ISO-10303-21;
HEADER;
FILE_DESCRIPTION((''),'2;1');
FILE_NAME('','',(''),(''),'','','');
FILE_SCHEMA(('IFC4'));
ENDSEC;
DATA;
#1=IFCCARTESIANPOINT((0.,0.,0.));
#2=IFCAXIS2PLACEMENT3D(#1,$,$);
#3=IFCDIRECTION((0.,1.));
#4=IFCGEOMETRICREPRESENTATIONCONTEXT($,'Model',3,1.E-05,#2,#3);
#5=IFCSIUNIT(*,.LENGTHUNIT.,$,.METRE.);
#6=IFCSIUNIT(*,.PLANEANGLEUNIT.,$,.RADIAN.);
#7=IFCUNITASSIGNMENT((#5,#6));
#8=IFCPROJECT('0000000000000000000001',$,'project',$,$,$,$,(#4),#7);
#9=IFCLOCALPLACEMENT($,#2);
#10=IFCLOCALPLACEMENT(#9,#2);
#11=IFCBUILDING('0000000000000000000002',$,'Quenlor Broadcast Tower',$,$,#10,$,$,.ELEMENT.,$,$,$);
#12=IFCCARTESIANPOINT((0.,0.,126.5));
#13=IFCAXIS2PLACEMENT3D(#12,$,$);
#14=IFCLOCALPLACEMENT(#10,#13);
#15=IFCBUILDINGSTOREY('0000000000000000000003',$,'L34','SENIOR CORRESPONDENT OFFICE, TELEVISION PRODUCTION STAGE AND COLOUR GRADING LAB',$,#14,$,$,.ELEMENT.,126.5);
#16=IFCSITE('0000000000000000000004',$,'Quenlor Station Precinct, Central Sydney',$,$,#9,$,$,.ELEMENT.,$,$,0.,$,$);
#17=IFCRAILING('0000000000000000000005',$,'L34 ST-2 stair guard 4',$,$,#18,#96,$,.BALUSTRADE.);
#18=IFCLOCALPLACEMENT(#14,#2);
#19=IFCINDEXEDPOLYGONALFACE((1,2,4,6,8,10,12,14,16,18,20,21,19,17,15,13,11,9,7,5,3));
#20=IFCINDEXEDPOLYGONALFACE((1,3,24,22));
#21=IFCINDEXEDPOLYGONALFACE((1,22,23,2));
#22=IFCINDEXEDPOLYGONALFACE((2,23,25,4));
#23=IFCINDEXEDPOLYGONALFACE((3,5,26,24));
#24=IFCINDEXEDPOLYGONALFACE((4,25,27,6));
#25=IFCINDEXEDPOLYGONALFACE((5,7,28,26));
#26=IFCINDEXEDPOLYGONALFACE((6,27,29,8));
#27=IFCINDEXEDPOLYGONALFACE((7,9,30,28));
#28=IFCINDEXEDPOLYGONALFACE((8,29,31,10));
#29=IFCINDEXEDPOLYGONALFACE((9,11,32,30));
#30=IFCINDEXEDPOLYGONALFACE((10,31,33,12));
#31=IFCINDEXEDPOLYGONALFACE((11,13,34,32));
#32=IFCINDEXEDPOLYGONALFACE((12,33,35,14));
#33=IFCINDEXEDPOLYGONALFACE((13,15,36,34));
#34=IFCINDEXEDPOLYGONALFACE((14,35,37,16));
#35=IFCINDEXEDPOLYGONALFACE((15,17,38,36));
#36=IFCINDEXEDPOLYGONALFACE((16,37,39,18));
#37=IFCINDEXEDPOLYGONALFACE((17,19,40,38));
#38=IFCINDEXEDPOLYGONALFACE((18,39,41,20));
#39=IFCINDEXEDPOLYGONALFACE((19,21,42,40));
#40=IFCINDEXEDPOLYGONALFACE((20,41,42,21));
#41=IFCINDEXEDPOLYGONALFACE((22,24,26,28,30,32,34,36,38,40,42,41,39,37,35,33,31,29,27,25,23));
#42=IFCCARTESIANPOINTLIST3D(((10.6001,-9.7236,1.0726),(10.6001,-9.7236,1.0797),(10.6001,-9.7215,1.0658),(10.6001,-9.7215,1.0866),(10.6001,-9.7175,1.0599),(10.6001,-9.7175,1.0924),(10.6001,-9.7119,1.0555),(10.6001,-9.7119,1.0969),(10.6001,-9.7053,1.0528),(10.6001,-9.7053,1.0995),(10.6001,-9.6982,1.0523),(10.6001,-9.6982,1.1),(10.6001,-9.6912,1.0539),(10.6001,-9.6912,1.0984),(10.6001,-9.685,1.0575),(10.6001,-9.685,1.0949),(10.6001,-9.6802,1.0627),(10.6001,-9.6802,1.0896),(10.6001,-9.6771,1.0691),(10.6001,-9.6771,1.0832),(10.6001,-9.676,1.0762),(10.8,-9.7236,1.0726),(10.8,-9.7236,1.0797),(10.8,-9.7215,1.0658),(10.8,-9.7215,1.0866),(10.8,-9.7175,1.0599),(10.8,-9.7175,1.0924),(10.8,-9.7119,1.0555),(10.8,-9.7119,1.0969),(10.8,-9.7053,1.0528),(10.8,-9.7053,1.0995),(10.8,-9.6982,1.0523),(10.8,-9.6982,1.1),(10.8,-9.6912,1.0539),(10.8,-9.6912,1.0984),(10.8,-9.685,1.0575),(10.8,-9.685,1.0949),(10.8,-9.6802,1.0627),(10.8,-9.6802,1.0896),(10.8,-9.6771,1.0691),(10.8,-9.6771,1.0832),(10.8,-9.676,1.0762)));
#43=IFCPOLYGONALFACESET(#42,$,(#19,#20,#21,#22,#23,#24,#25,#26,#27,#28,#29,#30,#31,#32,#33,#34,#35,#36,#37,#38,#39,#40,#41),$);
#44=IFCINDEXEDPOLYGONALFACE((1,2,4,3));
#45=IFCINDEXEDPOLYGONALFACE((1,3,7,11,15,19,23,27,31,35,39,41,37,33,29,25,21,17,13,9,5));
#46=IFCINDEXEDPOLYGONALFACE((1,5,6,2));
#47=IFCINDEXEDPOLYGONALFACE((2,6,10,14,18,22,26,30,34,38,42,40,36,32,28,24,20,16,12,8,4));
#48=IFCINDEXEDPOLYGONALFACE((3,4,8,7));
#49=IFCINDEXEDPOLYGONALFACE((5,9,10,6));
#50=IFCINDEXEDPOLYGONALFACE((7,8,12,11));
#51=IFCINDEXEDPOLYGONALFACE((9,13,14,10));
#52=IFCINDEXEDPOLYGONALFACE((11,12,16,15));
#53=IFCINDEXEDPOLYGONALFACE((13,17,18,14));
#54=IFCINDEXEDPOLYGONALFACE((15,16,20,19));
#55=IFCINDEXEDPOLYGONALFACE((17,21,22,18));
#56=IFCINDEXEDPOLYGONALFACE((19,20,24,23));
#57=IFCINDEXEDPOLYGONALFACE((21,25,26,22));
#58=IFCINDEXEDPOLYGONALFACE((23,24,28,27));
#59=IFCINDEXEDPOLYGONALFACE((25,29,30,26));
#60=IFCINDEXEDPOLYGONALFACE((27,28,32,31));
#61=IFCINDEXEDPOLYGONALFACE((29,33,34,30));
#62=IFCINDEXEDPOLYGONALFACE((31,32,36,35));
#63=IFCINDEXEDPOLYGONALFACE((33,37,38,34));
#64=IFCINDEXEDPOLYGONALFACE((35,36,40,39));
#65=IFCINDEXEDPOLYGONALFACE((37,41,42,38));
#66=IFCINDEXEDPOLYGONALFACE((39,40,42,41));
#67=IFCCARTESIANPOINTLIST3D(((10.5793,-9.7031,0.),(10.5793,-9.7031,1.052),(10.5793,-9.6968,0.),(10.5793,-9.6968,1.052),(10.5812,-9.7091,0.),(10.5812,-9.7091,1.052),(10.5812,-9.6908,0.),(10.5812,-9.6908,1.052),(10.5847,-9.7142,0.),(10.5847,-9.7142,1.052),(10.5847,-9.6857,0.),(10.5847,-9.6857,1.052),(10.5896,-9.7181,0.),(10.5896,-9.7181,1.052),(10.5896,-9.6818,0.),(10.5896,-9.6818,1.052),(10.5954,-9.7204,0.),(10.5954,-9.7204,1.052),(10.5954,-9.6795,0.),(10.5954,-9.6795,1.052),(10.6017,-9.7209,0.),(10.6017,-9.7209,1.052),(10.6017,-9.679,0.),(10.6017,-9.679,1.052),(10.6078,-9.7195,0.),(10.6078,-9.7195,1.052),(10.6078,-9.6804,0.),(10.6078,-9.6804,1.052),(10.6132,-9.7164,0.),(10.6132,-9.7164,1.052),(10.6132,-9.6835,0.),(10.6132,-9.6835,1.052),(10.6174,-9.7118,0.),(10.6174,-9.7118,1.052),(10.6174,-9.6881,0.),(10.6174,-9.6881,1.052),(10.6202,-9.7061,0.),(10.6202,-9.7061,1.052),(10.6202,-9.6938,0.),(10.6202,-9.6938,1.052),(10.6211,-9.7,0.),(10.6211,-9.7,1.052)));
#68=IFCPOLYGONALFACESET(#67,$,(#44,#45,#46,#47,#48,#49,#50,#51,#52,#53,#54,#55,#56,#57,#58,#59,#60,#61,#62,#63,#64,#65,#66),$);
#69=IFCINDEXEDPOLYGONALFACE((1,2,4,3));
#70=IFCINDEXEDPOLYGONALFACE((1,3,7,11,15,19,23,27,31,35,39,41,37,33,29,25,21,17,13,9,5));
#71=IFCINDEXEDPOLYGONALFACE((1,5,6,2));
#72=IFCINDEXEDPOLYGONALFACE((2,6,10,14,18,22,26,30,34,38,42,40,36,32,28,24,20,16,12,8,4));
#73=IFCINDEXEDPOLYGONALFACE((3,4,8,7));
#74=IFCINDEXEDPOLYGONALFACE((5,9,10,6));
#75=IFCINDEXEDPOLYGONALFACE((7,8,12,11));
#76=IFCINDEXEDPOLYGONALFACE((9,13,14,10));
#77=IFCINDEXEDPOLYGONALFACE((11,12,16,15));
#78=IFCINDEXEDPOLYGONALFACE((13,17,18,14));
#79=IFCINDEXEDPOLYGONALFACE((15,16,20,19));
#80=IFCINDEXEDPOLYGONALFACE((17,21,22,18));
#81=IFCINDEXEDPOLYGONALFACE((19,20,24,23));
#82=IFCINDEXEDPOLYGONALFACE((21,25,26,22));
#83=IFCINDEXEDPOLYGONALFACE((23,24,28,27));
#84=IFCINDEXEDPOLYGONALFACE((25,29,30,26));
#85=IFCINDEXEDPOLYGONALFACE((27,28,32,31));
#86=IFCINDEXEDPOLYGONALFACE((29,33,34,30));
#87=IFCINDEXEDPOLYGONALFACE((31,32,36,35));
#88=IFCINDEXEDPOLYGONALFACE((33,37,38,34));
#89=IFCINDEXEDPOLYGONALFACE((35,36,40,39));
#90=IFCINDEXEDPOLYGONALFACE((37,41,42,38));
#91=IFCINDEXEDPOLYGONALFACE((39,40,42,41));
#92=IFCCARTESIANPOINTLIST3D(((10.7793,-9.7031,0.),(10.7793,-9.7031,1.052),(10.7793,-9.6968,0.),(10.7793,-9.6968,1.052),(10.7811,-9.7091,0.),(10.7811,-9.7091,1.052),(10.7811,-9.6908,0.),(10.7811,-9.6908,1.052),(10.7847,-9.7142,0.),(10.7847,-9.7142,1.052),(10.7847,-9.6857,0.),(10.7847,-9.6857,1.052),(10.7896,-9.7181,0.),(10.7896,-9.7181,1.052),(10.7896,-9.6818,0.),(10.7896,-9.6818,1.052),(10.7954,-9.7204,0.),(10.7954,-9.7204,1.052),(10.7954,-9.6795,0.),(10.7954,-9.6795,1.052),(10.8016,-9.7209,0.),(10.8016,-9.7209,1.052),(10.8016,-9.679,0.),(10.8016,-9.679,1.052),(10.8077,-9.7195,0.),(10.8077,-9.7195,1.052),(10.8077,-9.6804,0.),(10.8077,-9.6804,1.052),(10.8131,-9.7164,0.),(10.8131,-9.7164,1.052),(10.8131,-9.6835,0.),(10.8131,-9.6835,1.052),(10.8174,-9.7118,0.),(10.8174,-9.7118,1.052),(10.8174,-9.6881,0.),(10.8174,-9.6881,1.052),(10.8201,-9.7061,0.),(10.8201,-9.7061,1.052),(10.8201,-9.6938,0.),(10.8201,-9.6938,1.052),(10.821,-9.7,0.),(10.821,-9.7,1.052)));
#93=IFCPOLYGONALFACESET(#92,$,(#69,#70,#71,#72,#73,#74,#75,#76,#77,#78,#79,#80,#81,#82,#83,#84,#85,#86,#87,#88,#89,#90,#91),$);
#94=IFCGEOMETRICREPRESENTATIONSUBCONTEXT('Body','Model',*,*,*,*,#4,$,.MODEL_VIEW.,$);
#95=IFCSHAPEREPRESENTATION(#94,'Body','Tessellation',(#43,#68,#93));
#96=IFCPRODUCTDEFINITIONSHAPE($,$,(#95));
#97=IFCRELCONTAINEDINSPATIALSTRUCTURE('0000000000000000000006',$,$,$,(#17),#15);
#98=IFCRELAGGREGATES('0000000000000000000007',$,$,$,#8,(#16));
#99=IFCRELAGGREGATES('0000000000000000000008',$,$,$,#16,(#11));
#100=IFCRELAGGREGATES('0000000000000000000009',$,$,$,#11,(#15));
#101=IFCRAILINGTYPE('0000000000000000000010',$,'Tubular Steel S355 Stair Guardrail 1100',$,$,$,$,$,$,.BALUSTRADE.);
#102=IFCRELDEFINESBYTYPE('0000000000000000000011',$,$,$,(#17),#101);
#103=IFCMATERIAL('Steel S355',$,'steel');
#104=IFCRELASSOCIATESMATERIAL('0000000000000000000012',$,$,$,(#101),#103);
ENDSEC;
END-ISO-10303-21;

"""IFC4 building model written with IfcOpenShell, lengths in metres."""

from ifc_helpers import new_model, si_unit, direction, frame, origin, origin_2d, place, context, subcontext, project, spatial, circle, extrude, material, type_object, element, save


model = new_model("IFC4")

# Units and contexts
model_context = context("Model", 3, precision=1e-05, world=origin(), true_north=direction((0.0, 1.0)))
body_context = subcontext(model_context, "Body", "Model", "MODEL_VIEW")
ifc_project = project(units=[si_unit("LENGTHUNIT", "METRE"), si_unit("PLANEANGLEUNIT", "RADIAN")], contexts=[model_context])

# Site, building, storey
site_placement = place(None, origin())
site = spatial("IfcSite", under=ifc_project, at=site_placement, Name="Quenlor Station Precinct, Central Sydney", CompositionType="ELEMENT", RefElevation=0.0)
building_placement = place(site_placement, origin())
building = spatial("IfcBuilding", under=site, at=building_placement, Name="Quenlor Broadcast Tower", CompositionType="ELEMENT")
storey_placement = place(building_placement, frame((0.0, 0.0, 126.5)))
storey = spatial("IfcBuildingStorey", under=building, at=storey_placement, Name="L34", Description="SENIOR CORRESPONDENT OFFICE, TELEVISION PRODUCTION STAGE AND COLOUR GRADING LAB", CompositionType="ELEMENT", Elevation=126.5)

# Railing
ifc_material_1 = material(Name="Steel S355", Category="steel")
railing_type_1 = type_object("IfcRailingType", Name="Tubular Steel S355 Stair Guardrail 1100", PredefinedType="BALUSTRADE", material=ifc_material_1)
railing_1_placement = place(storey_placement, frame((10.6001, -9.7, 0.0)))
element("IfcRailing", 1, at=railing_1_placement, inside=storey, type_object=railing_type_1, Name="L34 ST-2 stair guard 4", PredefinedType="BALUSTRADE", context=body_context, shape_type="SweptSolid", body=[
    extrude(circle(Radius=0.0239, at=origin_2d()), frame((0.0, 0.0, 1.0762), z_axis=(1.0, 0.0, 0.0), x_axis=(0.0, 1.0, 0.0)), (0.0, 0.0, 1.0), 0.2),
    extrude(circle(Radius=0.021, at=origin_2d()), origin(), (0.0, 0.0, 1.0), 1.052),
    extrude(circle(Radius=0.021, at=origin_2d()), frame((0.2, 0.0, 0.0)), (0.0, 0.0, 1.0), 1.052),
])

save(model, "model.ifc")
